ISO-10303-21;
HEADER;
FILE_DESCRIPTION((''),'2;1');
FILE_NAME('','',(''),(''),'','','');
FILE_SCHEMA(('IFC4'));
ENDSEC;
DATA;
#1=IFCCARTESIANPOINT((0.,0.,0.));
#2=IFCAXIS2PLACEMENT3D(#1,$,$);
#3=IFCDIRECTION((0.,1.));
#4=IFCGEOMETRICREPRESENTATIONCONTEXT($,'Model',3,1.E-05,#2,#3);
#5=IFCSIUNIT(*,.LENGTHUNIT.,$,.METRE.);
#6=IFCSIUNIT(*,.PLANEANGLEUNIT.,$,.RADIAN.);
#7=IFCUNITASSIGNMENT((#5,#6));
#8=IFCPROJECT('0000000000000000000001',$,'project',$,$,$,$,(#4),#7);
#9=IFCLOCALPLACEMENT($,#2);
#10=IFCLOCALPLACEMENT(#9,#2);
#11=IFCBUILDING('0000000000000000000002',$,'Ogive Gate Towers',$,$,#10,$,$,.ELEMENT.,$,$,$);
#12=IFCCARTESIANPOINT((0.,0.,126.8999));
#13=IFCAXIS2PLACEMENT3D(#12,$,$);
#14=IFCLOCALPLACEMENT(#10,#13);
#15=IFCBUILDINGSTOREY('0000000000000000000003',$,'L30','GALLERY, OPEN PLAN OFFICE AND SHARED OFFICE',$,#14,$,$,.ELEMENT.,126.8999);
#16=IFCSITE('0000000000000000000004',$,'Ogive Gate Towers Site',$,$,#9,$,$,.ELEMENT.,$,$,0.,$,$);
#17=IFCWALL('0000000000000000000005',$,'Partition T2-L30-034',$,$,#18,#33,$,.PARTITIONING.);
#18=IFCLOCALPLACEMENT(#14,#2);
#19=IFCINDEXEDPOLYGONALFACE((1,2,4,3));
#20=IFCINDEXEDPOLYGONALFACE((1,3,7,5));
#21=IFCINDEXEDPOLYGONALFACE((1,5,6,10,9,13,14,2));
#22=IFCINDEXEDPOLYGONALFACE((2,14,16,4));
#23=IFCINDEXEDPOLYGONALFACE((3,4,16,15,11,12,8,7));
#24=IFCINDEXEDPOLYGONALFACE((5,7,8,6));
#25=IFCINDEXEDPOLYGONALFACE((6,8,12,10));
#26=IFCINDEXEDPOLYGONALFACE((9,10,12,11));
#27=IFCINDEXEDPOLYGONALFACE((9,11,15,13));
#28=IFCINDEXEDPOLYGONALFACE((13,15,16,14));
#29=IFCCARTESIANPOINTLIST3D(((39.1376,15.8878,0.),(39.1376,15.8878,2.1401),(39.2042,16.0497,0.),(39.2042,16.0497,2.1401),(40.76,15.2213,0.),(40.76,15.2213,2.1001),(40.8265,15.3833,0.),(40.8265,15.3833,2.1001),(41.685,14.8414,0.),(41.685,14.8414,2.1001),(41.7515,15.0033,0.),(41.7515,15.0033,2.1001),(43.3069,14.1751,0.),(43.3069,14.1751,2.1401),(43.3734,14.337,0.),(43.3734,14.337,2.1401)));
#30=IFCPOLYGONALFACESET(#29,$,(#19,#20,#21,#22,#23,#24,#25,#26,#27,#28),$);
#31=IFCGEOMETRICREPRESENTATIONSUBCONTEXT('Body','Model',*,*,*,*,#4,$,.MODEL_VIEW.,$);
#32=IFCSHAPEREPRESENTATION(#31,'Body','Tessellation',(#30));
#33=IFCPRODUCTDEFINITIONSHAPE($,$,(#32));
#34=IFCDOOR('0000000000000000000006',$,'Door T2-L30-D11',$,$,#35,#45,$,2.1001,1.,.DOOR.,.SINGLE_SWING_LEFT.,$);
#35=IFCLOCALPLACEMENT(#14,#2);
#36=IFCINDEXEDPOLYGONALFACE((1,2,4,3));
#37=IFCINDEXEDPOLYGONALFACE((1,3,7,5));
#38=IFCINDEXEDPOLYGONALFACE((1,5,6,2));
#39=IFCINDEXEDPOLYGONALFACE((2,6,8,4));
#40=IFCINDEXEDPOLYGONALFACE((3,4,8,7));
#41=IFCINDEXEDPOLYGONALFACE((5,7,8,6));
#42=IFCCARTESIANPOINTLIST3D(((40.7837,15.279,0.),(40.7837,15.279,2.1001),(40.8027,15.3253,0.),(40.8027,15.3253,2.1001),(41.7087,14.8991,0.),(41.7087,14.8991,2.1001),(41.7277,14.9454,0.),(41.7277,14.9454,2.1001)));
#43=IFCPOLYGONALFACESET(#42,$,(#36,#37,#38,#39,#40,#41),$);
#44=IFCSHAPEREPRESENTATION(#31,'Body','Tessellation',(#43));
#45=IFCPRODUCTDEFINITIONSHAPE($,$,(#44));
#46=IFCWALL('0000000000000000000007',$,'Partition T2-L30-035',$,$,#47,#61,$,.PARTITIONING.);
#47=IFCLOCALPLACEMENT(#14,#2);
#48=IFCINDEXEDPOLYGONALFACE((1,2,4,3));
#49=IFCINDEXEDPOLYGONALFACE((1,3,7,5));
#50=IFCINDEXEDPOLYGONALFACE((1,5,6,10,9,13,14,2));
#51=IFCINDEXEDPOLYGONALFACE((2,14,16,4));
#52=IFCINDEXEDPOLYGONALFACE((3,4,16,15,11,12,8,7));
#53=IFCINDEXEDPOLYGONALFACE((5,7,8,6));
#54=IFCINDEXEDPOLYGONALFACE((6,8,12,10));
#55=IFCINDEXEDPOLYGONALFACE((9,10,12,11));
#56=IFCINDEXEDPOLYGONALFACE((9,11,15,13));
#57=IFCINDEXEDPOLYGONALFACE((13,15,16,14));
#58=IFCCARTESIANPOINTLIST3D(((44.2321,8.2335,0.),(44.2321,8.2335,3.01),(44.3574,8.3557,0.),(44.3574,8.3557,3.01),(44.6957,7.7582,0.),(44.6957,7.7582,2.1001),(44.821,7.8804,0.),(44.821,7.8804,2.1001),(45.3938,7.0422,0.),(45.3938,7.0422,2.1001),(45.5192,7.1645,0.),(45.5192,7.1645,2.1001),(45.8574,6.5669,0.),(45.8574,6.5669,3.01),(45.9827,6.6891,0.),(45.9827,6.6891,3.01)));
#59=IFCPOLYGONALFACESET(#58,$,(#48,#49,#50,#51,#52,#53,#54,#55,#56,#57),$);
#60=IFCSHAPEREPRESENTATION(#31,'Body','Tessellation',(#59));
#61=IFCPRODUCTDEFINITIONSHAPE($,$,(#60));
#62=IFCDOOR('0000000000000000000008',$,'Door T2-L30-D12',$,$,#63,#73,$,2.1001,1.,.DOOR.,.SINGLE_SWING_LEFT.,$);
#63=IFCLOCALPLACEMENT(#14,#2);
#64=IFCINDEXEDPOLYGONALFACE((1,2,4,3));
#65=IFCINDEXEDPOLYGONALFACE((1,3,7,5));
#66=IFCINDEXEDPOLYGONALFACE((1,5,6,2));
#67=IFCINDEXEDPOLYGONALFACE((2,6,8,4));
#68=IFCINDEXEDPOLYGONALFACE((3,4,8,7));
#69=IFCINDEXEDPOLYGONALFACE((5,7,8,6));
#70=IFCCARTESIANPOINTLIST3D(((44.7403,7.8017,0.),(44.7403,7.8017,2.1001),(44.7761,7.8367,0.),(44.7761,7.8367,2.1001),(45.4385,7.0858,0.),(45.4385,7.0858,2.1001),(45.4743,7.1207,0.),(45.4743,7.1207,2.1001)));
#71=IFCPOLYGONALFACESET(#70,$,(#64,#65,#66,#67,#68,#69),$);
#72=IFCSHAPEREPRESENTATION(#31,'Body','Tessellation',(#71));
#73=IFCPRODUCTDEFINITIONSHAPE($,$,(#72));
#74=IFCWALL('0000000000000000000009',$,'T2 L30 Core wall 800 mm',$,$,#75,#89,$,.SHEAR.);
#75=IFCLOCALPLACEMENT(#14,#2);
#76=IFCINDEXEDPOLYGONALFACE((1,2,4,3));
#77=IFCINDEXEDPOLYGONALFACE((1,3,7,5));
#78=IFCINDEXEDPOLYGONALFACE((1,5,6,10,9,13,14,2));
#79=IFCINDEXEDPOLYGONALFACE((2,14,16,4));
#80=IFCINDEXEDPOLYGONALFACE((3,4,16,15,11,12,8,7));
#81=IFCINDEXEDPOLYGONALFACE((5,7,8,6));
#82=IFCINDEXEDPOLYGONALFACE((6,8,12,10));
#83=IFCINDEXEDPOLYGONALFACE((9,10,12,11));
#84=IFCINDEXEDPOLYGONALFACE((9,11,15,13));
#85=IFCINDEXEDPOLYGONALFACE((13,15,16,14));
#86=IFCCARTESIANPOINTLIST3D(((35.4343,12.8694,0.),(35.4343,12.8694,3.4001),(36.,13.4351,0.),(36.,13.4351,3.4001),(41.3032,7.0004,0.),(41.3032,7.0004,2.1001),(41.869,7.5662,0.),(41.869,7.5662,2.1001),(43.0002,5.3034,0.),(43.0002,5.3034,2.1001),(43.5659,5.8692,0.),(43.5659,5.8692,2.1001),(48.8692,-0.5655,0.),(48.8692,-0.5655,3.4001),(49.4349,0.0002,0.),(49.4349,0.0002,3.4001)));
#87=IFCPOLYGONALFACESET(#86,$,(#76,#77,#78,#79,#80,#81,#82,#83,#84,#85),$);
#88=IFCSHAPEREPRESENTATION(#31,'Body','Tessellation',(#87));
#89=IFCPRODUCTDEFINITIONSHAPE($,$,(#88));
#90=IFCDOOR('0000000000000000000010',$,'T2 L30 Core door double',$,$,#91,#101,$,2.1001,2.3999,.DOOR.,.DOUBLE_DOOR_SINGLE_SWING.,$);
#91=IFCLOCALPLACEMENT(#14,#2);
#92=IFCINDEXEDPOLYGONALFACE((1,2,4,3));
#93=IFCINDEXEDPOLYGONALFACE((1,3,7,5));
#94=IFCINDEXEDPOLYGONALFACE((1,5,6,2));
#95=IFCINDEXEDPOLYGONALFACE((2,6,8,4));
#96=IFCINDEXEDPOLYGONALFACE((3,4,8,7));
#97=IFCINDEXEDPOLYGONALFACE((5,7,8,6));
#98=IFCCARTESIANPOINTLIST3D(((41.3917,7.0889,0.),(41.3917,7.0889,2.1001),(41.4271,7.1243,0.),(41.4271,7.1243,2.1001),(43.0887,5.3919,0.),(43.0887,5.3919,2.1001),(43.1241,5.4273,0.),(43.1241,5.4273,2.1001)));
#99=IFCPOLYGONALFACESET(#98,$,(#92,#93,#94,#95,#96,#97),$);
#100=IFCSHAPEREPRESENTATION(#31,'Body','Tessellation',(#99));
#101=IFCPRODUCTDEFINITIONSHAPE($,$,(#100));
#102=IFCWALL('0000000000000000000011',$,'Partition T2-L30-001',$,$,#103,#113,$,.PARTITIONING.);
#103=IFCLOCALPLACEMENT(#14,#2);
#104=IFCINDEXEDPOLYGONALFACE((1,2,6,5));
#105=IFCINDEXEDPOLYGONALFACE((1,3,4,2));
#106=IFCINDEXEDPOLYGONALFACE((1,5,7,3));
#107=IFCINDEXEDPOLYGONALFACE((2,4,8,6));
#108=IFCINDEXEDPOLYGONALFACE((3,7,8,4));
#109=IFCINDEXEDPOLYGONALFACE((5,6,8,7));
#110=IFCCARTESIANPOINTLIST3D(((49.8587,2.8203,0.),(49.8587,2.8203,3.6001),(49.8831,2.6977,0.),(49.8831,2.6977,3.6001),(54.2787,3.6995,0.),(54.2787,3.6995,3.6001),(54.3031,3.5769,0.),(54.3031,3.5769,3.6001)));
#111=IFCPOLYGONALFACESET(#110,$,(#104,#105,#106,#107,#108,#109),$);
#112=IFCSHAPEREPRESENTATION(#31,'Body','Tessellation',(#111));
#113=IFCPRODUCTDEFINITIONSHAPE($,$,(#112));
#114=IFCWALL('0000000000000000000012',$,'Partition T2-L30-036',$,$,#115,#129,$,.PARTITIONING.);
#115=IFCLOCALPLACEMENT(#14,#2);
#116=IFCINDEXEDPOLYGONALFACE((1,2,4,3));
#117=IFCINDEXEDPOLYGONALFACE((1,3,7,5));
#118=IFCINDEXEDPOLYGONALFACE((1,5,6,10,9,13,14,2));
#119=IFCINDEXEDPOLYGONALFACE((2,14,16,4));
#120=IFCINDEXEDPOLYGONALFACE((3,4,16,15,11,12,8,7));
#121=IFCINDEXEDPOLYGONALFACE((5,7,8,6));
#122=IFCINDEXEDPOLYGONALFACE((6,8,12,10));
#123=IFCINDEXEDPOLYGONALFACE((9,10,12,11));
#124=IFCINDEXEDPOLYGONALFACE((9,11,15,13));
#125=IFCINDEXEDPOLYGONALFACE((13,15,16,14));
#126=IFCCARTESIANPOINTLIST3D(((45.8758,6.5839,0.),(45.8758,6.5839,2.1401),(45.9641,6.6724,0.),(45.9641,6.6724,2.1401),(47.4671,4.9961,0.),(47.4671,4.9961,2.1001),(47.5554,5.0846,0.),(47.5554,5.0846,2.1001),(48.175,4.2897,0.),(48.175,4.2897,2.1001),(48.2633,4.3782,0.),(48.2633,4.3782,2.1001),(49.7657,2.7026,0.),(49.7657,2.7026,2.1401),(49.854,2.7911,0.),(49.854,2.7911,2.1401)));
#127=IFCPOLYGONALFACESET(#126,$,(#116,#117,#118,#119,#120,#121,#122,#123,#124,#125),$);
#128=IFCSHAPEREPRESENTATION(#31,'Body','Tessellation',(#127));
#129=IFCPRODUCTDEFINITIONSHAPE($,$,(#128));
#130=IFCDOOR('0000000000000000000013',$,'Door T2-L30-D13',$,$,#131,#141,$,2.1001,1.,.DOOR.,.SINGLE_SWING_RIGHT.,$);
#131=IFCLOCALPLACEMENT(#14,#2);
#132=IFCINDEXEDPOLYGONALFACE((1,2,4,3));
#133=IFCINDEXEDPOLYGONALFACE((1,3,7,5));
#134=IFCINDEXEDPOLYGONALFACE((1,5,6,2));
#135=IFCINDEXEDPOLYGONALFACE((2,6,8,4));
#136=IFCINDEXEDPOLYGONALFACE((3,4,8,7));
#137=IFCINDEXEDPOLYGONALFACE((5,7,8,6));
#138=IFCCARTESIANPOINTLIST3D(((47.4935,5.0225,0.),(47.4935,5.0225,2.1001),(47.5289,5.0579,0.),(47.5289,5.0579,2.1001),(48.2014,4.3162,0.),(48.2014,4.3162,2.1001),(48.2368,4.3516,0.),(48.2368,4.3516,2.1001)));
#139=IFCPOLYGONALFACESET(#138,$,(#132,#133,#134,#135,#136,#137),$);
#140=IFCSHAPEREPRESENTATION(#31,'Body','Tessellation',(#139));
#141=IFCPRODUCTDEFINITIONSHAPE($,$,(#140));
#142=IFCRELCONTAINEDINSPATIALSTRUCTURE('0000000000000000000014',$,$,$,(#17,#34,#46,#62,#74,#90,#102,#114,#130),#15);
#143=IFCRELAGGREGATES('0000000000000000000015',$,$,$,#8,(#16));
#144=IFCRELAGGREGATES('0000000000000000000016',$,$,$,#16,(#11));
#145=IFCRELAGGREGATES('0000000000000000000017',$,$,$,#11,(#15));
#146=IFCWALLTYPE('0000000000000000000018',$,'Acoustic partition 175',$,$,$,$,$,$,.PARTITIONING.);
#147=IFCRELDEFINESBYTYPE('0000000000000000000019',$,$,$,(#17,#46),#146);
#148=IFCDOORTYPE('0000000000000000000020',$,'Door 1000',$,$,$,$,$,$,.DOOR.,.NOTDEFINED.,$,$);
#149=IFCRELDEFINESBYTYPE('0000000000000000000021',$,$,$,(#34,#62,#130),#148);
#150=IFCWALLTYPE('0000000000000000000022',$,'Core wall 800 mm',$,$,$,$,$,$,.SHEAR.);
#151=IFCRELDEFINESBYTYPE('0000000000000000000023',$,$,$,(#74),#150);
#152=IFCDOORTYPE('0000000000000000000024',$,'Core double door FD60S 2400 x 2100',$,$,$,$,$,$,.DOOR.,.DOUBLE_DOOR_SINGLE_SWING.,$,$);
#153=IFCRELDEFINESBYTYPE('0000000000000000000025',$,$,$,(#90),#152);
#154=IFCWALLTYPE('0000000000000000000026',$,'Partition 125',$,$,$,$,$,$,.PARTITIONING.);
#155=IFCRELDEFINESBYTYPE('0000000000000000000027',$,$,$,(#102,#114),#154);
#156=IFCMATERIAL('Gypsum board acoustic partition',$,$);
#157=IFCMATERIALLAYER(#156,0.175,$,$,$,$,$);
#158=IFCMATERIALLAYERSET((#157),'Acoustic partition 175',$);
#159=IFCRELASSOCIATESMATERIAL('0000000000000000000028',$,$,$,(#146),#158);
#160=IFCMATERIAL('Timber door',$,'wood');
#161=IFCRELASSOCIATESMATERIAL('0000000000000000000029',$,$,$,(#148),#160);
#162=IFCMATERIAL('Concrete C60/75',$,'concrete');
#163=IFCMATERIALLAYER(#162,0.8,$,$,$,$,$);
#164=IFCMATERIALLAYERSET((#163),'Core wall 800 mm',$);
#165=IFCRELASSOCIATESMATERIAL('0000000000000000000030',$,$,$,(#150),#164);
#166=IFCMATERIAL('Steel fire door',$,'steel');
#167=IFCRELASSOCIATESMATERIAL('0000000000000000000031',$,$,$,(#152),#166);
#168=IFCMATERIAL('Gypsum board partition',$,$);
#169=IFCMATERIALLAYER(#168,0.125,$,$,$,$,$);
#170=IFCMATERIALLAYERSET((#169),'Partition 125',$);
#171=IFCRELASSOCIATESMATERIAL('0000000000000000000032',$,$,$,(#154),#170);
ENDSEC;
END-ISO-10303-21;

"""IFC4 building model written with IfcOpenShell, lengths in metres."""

from ifc_helpers import new_model, si_unit, direction, frame, frame_2d, origin, place, context, subcontext, project, spatial, rectangle, extrude, material, layer, layer_set, type_object, element, fill, save


model = new_model("IFC4")

# Units and contexts
model_context = context("Model", 3, precision=1e-05, world=origin(), true_north=direction((0.0, 1.0)))
body_context = subcontext(model_context, "Body", "Model", "MODEL_VIEW")
ifc_project = project(units=[si_unit("LENGTHUNIT", "METRE"), si_unit("PLANEANGLEUNIT", "RADIAN")], contexts=[model_context])

# Site, building, storey
site_placement = place(None, origin())
site = spatial("IfcSite", under=ifc_project, at=site_placement, Name="Ogive Gate Towers Site", CompositionType="ELEMENT", RefElevation=0.0)
building_placement = place(site_placement, origin())
building = spatial("IfcBuilding", under=site, at=building_placement, Name="Ogive Gate Towers", CompositionType="ELEMENT")
storey_placement = place(building_placement, frame((0.0, 0.0, 126.8999)))
storey = spatial("IfcBuildingStorey", under=building, at=storey_placement, Name="L30", Description="GALLERY, OPEN PLAN OFFICE AND SHARED OFFICE", CompositionType="ELEMENT", Elevation=126.8999)

# Shared definitions
ifc_material_1 = material(Name="Gypsum board acoustic partition")
ifc_layer_1 = layer(ifc_material_1, 0.175)
ifc_layer_set_1 = layer_set([ifc_layer_1], Name="Acoustic partition 175")
wall_type_1 = type_object("IfcWallType", Name="Acoustic partition 175", PredefinedType="PARTITIONING", material=ifc_layer_set_1)

# Walls, openings, doors
wall_1_placement = place(storey_placement, frame((39.1709, 15.9688, 0.0), z_axis=(0.0, 0.0, 1.0), x_axis=(0.924996, -0.379976, 0.0)))
wall_1 = element("IfcWall", 1, at=wall_1_placement, inside=storey, type_object=wall_type_1, Name="Partition T2-L30-034", PredefinedType="PARTITIONING", context=body_context, shape_type="SweptSolid", body=[
    extrude(rectangle(XDim=4.5073, YDim=0.175, at=frame_2d((2.2537, 0.0))), origin(), (0.0, 0.0, 1.0), 2.1401),
])
opening_1_placement = place(wall_1_placement, frame((1.7539, 0.0, 0.0)))
opening_1 = element("IfcOpeningElement", 2, at=opening_1_placement, cuts=wall_1, PredefinedType="OPENING", context=body_context, shape_type="SweptSolid", body=[
    extrude(rectangle(XDim=1.0, YDim=2.1001, at=frame_2d((0.5, 1.05))), frame((0.0, 0.0977, 0.0), z_axis=(0.0, -1.0, 0.0), x_axis=(1.0, 0.0, 0.0)), (0.0, 0.0, 1.0), 0.1951),
])
ifc_material_2 = material(Name="Timber door", Category="wood")
door_type_1 = type_object("IfcDoorType", Name="Door 1000", OperationType="NOTDEFINED", PredefinedType="DOOR", material=ifc_material_2)
door_1_placement = place(opening_1_placement, origin())
door_1 = element("IfcDoor", 3, at=door_1_placement, inside=storey, type_object=door_type_1, Name="Door T2-L30-D11", OperationType="SINGLE_SWING_LEFT", OverallHeight=2.1001, OverallWidth=1.0, PredefinedType="DOOR", context=body_context, shape_type="SweptSolid", body=[
    extrude(rectangle(XDim=1.0, YDim=2.1001, at=frame_2d((0.5, 1.05))), frame((0.0, 0.0249, 0.0), z_axis=(0.0, -1.0, 0.0), x_axis=(1.0, 0.0, 0.0)), (0.0, 0.0, 1.0), 0.05),
])
fill(opening_1, door_1)
wall_2_placement = place(storey_placement, frame((44.2947, 8.2947, 0.0), z_axis=(0.0, 0.0, 1.0), x_axis=(0.698189, -0.715914, 0.0)))
wall_2 = element("IfcWall", 4, at=wall_2_placement, inside=storey, type_object=wall_type_1, Name="Partition T2-L30-035", PredefinedType="PARTITIONING", context=body_context, shape_type="SweptSolid", body=[
    extrude(rectangle(XDim=2.3279, YDim=0.175, at=frame_2d((1.1641, 0.0))), origin(), (0.0, 0.0, 1.0), 3.01),
])
opening_2_placement = place(wall_2_placement, frame((0.6641, 0.0, 0.0)))
opening_2 = element("IfcOpeningElement", 5, at=opening_2_placement, cuts=wall_2, PredefinedType="OPENING", context=body_context, shape_type="SweptSolid", body=[
    extrude(rectangle(XDim=1.0, YDim=2.1001, at=frame_2d((0.5, 1.05))), frame((0.0, 0.0977, 0.0), z_axis=(0.0, -1.0, 0.0), x_axis=(1.0, 0.0, 0.0)), (0.0, 0.0, 1.0), 0.1951),
])
door_2_placement = place(opening_2_placement, origin())
door_2 = element("IfcDoor", 6, at=door_2_placement, inside=storey, type_object=door_type_1, Name="Door T2-L30-D12", OperationType="SINGLE_SWING_LEFT", OverallHeight=2.1001, OverallWidth=1.0, PredefinedType="DOOR", context=body_context, shape_type="SweptSolid", body=[
    extrude(rectangle(XDim=1.0, YDim=2.1001, at=frame_2d((0.5, 1.05))), frame((0.0, 0.0249, 0.0), z_axis=(0.0, -1.0, 0.0), x_axis=(1.0, 0.0, 0.0)), (0.0, 0.0, 1.0), 0.05),
])
fill(opening_2, door_2)
ifc_material_3 = material(Name="Concrete C60/75", Category="concrete")
ifc_layer_2 = layer(ifc_material_3, 0.8)
ifc_layer_set_2 = layer_set([ifc_layer_2], Name="Core wall 800 mm")
wall_type_2 = type_object("IfcWallType", Name="Core wall 800 mm", PredefinedType="SHEAR", material=ifc_layer_set_2)
wall_3_placement = place(storey_placement, frame((49.1521, -0.2827, 0.0), z_axis=(0.0, 0.0, 1.0), x_axis=(-0.707107, 0.707107, 0.0)))
wall_3 = element("IfcWall", 7, at=wall_3_placement, inside=storey, type_object=wall_type_2, Name="T2 L30 Core wall 800 mm", PredefinedType="SHEAR", context=body_context, shape_type="SweptSolid", body=[
    extrude(rectangle(XDim=18.9998, YDim=0.8, at=frame_2d((9.5, 0.0))), origin(), (0.0, 0.0, 1.0), 3.4001),
])
opening_3_placement = place(wall_3_placement, frame((8.3, 0.0, 0.0)))
opening_3 = element("IfcOpeningElement", 8, at=opening_3_placement, cuts=wall_3, PredefinedType="OPENING", context=body_context, shape_type="SweptSolid", body=[
    extrude(rectangle(XDim=2.3999, YDim=2.1001, at=frame_2d((1.2, 1.05))), frame((0.0, 0.4102, 0.0), z_axis=(0.0, -1.0, 0.0), x_axis=(1.0, 0.0, 0.0)), (0.0, 0.0, 1.0), 0.8201),
])
ifc_material_4 = material(Name="Steel fire door", Category="steel")
door_type_2 = type_object("IfcDoorType", Name="Core double door FD60S 2400 x 2100", OperationType="DOUBLE_DOOR_SINGLE_SWING", PredefinedType="DOOR", material=ifc_material_4)
door_3_placement = place(opening_3_placement, origin())
door_3 = element("IfcDoor", 9, at=door_3_placement, inside=storey, type_object=door_type_2, Name="T2 L30 Core door double", OperationType="DOUBLE_DOOR_SINGLE_SWING", OverallHeight=2.1001, OverallWidth=2.3999, PredefinedType="DOOR", context=body_context, shape_type="SweptSolid", body=[
    extrude(rectangle(XDim=2.3999, YDim=2.1001, at=frame_2d((1.2, 1.05))), frame((0.0, 0.2749, 0.0), z_axis=(0.0, -1.0, 0.0), x_axis=(1.0, 0.0, 0.0)), (0.0, 0.0, 1.0), 0.05),
])
fill(opening_3, door_3)

# Wall
ifc_material_5 = material(Name="Gypsum board partition")
ifc_layer_3 = layer(ifc_material_5, 0.125)
ifc_layer_set_3 = layer_set([ifc_layer_3], Name="Partition 125")
wall_type_3 = type_object("IfcWallType", Name="Partition 125", PredefinedType="PARTITIONING", material=ifc_layer_set_3)
wall_4_placement = place(storey_placement, frame((54.291, 3.6382, 0.0), z_axis=(0.0, 0.0, 1.0), x_axis=(-0.980786, -0.195085, 0.0)))
element("IfcWall", 10, at=wall_4_placement, inside=storey, type_object=wall_type_3, Name="Partition T2-L30-001", PredefinedType="PARTITIONING", context=body_context, shape_type="SweptSolid", body=[
    extrude(rectangle(XDim=4.5066, YDim=0.125, at=frame_2d((2.2534, 0.0))), origin(), (0.0, 0.0, 1.0), 3.6001),
])

# Wall, opening, door
wall_5_placement = place(storey_placement, frame((45.9199, 6.6282, 0.0), z_axis=(0.0, 0.0, 1.0), x_axis=(0.707884, -0.706329, 0.0)))
wall_5 = element("IfcWall", 11, at=wall_5_placement, inside=storey, type_object=wall_type_3, Name="Partition T2-L30-036", PredefinedType="PARTITIONING", context=body_context, shape_type="SweptSolid", body=[
    extrude(rectangle(XDim=5.4951, YDim=0.125, at=frame_2d((2.7476, 0.0))), origin(), (0.0, 0.0, 1.0), 2.1401),
])
opening_4_placement = place(wall_5_placement, frame((2.248, 0.0, 0.0)))
opening_4 = element("IfcOpeningElement", 12, at=opening_4_placement, cuts=wall_5, PredefinedType="OPENING", context=body_context, shape_type="SweptSolid", body=[
    extrude(rectangle(XDim=1.0, YDim=2.1001, at=frame_2d((0.5, 1.05))), frame((0.0, 0.0725, 0.0), z_axis=(0.0, -1.0, 0.0), x_axis=(1.0, 0.0, 0.0)), (0.0, 0.0, 1.0), 0.145),
])
door_4_placement = place(opening_4_placement, origin())
door_4 = element("IfcDoor", 13, at=door_4_placement, inside=storey, type_object=door_type_1, Name="Door T2-L30-D13", OperationType="SINGLE_SWING_RIGHT", OverallHeight=2.1001, OverallWidth=1.0, PredefinedType="DOOR", context=body_context, shape_type="SweptSolid", body=[
    extrude(rectangle(XDim=1.0, YDim=2.1001, at=frame_2d((0.5, 1.05))), frame((0.0, 0.0249, 0.0), z_axis=(0.0, -1.0, 0.0), x_axis=(1.0, 0.0, 0.0)), (0.0, 0.0, 1.0), 0.05),
])
fill(opening_4, door_4)

save(model, "model.ifc")
